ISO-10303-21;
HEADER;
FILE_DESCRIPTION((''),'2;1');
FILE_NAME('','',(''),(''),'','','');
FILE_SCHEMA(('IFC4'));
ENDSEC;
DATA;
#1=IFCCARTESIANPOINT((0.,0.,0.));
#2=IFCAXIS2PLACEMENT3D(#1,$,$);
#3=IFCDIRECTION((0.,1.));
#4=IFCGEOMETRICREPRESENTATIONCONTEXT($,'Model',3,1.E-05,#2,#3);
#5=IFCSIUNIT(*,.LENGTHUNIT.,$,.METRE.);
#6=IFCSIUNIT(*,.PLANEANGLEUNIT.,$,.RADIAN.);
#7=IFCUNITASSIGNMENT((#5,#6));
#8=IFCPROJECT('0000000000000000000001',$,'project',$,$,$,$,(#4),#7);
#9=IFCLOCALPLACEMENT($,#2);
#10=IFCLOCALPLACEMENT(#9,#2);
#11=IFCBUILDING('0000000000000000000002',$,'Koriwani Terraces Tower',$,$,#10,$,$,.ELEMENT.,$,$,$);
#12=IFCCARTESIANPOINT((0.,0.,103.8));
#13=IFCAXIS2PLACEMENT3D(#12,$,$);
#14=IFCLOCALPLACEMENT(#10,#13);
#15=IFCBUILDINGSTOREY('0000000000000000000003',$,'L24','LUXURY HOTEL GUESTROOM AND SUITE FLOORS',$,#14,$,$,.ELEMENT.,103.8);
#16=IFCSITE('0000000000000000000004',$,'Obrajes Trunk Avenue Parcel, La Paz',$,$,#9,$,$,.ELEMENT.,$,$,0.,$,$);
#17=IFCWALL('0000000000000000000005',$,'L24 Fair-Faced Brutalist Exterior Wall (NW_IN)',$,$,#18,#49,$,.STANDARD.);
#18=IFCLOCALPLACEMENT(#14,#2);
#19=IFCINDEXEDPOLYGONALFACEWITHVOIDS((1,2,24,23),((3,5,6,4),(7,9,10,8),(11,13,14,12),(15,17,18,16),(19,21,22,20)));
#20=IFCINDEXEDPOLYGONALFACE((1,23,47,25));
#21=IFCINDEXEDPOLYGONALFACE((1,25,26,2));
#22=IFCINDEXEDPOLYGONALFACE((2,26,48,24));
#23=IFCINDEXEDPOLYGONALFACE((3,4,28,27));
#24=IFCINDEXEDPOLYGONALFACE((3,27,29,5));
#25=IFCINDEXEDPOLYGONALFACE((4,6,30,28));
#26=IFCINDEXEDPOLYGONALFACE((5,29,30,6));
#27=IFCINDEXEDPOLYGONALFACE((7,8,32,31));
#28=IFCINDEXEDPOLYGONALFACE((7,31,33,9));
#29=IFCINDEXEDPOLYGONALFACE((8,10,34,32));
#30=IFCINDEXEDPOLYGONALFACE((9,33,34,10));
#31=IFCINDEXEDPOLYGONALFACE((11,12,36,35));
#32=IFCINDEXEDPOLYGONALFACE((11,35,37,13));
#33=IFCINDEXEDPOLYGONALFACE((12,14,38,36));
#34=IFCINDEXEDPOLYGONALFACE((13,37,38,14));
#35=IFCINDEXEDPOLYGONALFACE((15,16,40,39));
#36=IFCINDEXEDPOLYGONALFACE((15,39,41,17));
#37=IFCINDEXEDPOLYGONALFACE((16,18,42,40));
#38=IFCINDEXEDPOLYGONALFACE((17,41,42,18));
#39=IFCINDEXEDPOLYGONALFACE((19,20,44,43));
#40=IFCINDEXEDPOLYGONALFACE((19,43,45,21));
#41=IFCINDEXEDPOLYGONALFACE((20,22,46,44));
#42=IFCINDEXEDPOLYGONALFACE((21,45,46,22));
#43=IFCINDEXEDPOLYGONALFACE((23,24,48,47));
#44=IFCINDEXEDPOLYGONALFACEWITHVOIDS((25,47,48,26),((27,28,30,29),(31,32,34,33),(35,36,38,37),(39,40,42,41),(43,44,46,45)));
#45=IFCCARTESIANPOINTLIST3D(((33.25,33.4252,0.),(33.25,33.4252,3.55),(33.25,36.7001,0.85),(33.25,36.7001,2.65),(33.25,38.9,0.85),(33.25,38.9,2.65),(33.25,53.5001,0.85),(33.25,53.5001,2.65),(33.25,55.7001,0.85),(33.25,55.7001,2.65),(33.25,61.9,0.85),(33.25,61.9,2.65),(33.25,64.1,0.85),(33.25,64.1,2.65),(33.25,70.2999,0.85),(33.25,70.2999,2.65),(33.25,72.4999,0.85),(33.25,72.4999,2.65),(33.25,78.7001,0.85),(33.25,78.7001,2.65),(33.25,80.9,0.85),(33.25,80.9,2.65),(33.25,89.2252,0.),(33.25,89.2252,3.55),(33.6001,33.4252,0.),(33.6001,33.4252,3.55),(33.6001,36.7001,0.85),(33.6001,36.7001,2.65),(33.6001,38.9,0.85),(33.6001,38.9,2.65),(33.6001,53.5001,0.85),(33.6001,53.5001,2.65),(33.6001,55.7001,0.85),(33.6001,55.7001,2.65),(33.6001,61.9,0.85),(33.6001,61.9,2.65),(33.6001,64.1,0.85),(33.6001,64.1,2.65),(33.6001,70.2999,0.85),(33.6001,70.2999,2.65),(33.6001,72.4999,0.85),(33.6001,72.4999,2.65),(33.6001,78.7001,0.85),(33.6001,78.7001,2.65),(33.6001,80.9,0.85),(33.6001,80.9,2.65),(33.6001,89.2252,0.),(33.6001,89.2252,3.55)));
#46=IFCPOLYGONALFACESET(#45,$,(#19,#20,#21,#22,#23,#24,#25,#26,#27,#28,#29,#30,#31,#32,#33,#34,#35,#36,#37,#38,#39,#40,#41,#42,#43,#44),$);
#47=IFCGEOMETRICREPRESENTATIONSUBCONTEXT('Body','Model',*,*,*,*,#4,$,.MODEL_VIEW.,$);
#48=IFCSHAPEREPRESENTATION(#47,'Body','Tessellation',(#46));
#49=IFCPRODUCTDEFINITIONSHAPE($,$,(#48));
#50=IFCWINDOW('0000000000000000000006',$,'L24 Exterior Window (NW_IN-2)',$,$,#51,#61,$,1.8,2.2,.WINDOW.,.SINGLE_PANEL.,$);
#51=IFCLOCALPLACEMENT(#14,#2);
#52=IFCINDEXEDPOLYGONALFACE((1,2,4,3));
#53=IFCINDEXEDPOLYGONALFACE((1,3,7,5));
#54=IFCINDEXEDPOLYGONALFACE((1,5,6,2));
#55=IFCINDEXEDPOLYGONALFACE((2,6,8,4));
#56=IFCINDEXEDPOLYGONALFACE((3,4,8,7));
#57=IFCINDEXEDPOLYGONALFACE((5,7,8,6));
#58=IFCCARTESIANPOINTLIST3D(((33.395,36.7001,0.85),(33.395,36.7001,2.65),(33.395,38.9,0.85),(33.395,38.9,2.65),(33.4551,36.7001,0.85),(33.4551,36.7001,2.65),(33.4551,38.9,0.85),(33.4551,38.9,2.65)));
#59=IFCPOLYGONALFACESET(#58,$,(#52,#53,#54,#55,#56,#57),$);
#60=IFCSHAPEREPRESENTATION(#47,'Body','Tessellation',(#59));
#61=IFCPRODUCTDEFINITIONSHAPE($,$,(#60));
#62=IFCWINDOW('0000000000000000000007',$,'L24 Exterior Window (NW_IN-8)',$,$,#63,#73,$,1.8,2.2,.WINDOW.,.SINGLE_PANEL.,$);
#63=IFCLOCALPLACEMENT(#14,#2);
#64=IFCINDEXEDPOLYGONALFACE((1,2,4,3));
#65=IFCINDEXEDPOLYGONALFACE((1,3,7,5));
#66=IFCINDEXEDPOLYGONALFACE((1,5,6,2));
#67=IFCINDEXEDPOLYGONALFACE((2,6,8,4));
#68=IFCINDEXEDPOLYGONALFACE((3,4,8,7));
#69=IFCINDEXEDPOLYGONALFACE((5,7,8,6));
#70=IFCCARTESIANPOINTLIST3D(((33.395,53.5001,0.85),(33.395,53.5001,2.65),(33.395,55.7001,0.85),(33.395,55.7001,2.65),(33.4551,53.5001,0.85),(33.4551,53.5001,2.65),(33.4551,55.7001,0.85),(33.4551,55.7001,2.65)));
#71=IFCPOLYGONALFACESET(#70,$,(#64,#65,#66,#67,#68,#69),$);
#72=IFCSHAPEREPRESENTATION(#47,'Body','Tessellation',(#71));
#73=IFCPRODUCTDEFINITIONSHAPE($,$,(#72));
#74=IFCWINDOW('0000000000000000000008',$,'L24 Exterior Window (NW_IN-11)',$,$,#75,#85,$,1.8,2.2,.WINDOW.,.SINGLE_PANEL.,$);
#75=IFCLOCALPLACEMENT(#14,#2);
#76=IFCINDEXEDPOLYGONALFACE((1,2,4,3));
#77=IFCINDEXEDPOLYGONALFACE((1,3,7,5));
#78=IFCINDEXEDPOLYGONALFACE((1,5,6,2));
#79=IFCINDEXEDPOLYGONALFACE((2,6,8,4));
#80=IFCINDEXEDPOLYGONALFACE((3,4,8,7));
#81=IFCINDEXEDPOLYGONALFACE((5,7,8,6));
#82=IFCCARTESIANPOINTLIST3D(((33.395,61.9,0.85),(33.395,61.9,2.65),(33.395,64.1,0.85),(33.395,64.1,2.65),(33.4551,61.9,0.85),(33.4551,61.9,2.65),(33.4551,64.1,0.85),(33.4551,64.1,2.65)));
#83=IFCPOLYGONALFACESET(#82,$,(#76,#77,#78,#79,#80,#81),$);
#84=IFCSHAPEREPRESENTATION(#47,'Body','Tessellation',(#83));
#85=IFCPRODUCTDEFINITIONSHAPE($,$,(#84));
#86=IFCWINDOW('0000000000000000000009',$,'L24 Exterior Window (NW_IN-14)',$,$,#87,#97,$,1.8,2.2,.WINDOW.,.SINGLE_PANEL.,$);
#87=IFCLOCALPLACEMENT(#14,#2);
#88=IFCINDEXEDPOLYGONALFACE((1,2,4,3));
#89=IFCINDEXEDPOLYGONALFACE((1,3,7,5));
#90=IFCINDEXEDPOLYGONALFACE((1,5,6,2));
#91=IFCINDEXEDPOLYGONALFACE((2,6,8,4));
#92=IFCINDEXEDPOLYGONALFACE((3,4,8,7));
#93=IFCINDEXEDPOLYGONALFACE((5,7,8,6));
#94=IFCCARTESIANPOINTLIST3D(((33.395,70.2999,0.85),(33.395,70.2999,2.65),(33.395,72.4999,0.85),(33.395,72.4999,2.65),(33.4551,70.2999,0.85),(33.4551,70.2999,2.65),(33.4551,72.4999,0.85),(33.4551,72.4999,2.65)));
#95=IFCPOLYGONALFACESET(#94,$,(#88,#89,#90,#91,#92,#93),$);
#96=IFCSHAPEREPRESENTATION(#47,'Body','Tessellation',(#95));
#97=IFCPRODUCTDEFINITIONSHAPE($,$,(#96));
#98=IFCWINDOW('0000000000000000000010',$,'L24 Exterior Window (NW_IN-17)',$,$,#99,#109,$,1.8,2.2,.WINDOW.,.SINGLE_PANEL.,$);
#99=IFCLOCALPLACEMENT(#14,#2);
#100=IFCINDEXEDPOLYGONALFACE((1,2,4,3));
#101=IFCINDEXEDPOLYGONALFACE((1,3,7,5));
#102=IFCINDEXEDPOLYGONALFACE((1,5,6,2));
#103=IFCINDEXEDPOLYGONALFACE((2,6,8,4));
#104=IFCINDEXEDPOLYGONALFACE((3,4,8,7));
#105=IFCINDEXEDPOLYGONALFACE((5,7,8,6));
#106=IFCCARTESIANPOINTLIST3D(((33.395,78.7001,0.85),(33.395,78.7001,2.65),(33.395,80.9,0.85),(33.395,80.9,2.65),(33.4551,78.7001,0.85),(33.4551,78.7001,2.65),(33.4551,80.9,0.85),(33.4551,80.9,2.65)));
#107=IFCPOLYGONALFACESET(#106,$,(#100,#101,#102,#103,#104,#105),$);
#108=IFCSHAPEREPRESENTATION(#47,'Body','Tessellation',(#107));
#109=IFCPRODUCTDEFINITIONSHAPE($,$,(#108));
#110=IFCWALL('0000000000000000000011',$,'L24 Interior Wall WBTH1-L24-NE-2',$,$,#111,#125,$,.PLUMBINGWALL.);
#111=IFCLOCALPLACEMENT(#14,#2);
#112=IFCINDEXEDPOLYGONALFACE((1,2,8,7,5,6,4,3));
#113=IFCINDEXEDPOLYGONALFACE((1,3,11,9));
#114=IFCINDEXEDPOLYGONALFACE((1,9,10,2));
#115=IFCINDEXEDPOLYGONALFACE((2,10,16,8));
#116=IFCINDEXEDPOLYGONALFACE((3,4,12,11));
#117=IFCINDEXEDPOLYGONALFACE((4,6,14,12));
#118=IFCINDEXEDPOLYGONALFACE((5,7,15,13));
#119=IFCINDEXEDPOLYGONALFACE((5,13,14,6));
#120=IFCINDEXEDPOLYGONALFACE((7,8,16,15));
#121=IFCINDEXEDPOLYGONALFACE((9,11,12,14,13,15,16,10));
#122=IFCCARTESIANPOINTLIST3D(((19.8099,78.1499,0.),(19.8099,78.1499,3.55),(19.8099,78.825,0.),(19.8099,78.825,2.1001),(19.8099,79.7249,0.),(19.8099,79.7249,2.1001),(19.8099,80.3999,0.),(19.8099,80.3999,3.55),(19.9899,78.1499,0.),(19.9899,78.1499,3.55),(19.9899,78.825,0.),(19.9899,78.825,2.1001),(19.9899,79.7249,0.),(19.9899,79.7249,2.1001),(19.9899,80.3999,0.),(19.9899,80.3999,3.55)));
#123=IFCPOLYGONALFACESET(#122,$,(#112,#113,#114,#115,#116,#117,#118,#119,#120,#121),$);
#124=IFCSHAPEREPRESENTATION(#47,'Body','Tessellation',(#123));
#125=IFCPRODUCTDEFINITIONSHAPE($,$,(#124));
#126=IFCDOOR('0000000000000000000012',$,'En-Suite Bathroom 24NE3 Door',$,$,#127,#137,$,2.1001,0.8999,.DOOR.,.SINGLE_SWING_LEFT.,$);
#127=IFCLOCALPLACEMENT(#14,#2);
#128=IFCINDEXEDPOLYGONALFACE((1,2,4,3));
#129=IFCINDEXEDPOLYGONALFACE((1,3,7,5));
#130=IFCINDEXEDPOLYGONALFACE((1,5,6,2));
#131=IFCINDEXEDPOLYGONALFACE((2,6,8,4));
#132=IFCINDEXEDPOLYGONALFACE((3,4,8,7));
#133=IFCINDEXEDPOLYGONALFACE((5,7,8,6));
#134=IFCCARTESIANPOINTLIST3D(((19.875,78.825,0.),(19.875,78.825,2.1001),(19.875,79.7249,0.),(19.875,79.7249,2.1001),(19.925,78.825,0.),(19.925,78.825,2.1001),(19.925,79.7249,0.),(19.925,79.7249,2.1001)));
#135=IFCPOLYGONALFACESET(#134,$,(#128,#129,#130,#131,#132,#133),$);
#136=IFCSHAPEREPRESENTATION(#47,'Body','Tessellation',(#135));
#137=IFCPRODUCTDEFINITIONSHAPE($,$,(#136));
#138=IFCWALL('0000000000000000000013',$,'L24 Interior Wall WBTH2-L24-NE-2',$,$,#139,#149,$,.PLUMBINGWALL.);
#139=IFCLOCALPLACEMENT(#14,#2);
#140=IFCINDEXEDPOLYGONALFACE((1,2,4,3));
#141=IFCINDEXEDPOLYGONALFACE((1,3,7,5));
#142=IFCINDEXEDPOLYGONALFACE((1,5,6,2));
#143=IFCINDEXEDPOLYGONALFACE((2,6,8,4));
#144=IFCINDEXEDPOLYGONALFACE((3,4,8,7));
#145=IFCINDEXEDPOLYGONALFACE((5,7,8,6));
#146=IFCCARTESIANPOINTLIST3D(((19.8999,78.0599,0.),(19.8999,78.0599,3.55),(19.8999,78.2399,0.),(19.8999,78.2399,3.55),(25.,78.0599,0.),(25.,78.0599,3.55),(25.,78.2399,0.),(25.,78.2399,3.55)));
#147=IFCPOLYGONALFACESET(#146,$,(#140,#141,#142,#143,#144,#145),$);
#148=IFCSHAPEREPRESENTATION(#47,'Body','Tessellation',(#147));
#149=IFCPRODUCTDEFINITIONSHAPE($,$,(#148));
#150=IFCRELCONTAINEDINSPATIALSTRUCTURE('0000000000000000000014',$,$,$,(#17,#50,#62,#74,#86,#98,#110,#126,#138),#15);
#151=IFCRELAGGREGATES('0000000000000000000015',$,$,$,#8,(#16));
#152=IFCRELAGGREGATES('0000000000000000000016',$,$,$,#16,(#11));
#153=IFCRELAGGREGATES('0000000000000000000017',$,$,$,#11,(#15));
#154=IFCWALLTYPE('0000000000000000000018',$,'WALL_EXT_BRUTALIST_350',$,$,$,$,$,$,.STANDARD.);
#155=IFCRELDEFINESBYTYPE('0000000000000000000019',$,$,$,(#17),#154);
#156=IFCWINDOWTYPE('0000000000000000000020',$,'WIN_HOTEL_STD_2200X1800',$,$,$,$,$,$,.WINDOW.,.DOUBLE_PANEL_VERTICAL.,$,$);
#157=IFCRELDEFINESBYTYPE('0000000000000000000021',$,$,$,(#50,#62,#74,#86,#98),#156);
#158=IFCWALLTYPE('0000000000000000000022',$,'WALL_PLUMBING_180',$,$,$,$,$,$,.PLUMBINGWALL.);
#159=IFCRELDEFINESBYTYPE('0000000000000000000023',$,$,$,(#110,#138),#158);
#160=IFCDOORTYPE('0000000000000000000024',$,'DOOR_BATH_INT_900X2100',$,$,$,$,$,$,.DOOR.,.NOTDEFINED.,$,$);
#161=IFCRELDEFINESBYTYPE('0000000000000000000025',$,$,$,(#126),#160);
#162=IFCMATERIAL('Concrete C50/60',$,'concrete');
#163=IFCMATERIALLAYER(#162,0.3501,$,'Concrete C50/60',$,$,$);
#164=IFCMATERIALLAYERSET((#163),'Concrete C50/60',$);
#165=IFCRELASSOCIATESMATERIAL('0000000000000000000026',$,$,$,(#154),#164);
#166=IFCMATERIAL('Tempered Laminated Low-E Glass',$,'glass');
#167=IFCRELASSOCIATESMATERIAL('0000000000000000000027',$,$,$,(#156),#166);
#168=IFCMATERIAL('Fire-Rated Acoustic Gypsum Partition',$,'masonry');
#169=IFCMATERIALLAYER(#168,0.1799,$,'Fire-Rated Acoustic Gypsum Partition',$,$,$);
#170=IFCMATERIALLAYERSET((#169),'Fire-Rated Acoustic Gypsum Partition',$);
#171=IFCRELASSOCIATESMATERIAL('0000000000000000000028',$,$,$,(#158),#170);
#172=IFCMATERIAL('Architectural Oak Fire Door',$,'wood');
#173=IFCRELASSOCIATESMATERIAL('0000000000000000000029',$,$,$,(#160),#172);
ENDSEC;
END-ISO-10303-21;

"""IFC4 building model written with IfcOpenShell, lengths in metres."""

from ifc_helpers import new_model, si_unit, direction, frame, frame_2d, origin, place, context, subcontext, project, spatial, rectangle, extrude, material, layer, layer_set, type_object, element, fill, save


model = new_model("IFC4")

# Units and contexts
model_context = context("Model", 3, precision=1e-05, world=origin(), true_north=direction((0.0, 1.0)))
body_context = subcontext(model_context, "Body", "Model", "MODEL_VIEW")
ifc_project = project(units=[si_unit("LENGTHUNIT", "METRE"), si_unit("PLANEANGLEUNIT", "RADIAN")], contexts=[model_context])

# Site, building, storey
site_placement = place(None, origin())
site = spatial("IfcSite", under=ifc_project, at=site_placement, Name="Obrajes Trunk Avenue Parcel, La Paz", CompositionType="ELEMENT", RefElevation=0.0)
building_placement = place(site_placement, origin())
building = spatial("IfcBuilding", under=site, at=building_placement, Name="Koriwani Terraces Tower", CompositionType="ELEMENT")
storey_placement = place(building_placement, frame((0.0, 0.0, 103.8)))
storey = spatial("IfcBuildingStorey", under=building, at=storey_placement, Name="L24", Description="LUXURY HOTEL GUESTROOM AND SUITE FLOORS", CompositionType="ELEMENT", Elevation=103.8)

# Shared definitions
ifc_material_1 = material(Name="Concrete C50/60", Category="concrete")

# Shared definitions
ifc_layer_1 = layer(ifc_material_1, 0.3501, Name="Concrete C50/60")
ifc_layer_set_1 = layer_set([ifc_layer_1], Name="Concrete C50/60")
wall_type_1 = type_object("IfcWallType", Name="WALL_EXT_BRUTALIST_350", PredefinedType="STANDARD", material=ifc_layer_set_1)

# Wall, openings, windows
wall_1_placement = place(storey_placement, frame((33.425, 89.2251, 0.0), z_axis=(0.0, 0.0, 1.0), x_axis=(0.0, -1.0, 0.0)))
wall_1 = element("IfcWall", 1, at=wall_1_placement, inside=storey, type_object=wall_type_1, Name="L24 Fair-Faced Brutalist Exterior Wall (NW_IN)", PredefinedType="STANDARD", context=body_context, shape_type="SweptSolid", body=[
    extrude(rectangle(XDim=55.8, YDim=0.3501, at=frame_2d((27.8999, 0.0))), origin(), (0.0, 0.0, 1.0), 3.55),
])
opening_1_placement = place(wall_1_placement, frame((50.325, 0.0, 0.8501)))
opening_1 = element("IfcOpeningElement", 2, at=opening_1_placement, cuts=wall_1, PredefinedType="OPENING", context=body_context, shape_type="SweptSolid", body=[
    extrude(rectangle(XDim=2.2, YDim=1.8, at=frame_2d((1.1001, 0.8999))), frame((0.0, 0.1851, 0.0), z_axis=(0.0, -1.0, 0.0), x_axis=(1.0, 0.0, 0.0)), (0.0, 0.0, 1.0), 0.3701),
])
opening_2_placement = place(wall_1_placement, frame((33.5249, 0.0, 0.8501)))
opening_2 = element("IfcOpeningElement", 3, at=opening_2_placement, cuts=wall_1, PredefinedType="OPENING", context=body_context, shape_type="SweptSolid", body=[
    extrude(rectangle(XDim=2.2, YDim=1.8, at=frame_2d((1.1001, 0.8999))), frame((0.0, 0.1851, 0.0), z_axis=(0.0, -1.0, 0.0), x_axis=(1.0, 0.0, 0.0)), (0.0, 0.0, 1.0), 0.3701),
])
opening_3_placement = place(wall_1_placement, frame((25.125, 0.0, 0.8501)))
opening_3 = element("IfcOpeningElement", 4, at=opening_3_placement, cuts=wall_1, PredefinedType="OPENING", context=body_context, shape_type="SweptSolid", body=[
    extrude(rectangle(XDim=2.2, YDim=1.8, at=frame_2d((1.1001, 0.8999))), frame((0.0, 0.1851, 0.0), z_axis=(0.0, -1.0, 0.0), x_axis=(1.0, 0.0, 0.0)), (0.0, 0.0, 1.0), 0.3701),
])
opening_4_placement = place(wall_1_placement, frame((16.7251, 0.0, 0.8501)))
opening_4 = element("IfcOpeningElement", 5, at=opening_4_placement, cuts=wall_1, PredefinedType="OPENING", context=body_context, shape_type="SweptSolid", body=[
    extrude(rectangle(XDim=2.2, YDim=1.8, at=frame_2d((1.1001, 0.8999))), frame((0.0, 0.1851, 0.0), z_axis=(0.0, -1.0, 0.0), x_axis=(1.0, 0.0, 0.0)), (0.0, 0.0, 1.0), 0.3701),
])
opening_5_placement = place(wall_1_placement, frame((8.325, 0.0, 0.8501)))
opening_5 = element("IfcOpeningElement", 6, at=opening_5_placement, cuts=wall_1, PredefinedType="OPENING", context=body_context, shape_type="SweptSolid", body=[
    extrude(rectangle(XDim=2.2, YDim=1.8, at=frame_2d((1.1001, 0.8999))), frame((0.0, 0.1851, 0.0), z_axis=(0.0, -1.0, 0.0), x_axis=(1.0, 0.0, 0.0)), (0.0, 0.0, 1.0), 0.3701),
])
ifc_material_2 = material(Name="Tempered Laminated Low-E Glass", Category="glass")
window_type = type_object("IfcWindowType", Name="WIN_HOTEL_STD_2200X1800", PartitioningType="DOUBLE_PANEL_VERTICAL", PredefinedType="WINDOW", material=ifc_material_2)
window_1_placement = place(opening_1_placement, origin())
window_1 = element("IfcWindow", 7, at=window_1_placement, inside=storey, type_object=window_type, Name="L24 Exterior Window (NW_IN-2)", OverallHeight=1.8, OverallWidth=2.2, PartitioningType="SINGLE_PANEL", PredefinedType="WINDOW", context=body_context, shape_type="SweptSolid", body=[
    extrude(rectangle(XDim=2.2, YDim=1.8, at=frame_2d((1.1001, 0.8999))), frame((0.0, 0.03, 0.0), z_axis=(0.0, -1.0, 0.0), x_axis=(1.0, 0.0, 0.0)), (0.0, 0.0, 1.0), 0.0601),
])
fill(opening_1, window_1)
window_2_placement = place(opening_2_placement, origin())
window_2 = element("IfcWindow", 8, at=window_2_placement, inside=storey, type_object=window_type, Name="L24 Exterior Window (NW_IN-8)", OverallHeight=1.8, OverallWidth=2.2, PartitioningType="SINGLE_PANEL", PredefinedType="WINDOW", context=body_context, shape_type="SweptSolid", body=[
    extrude(rectangle(XDim=2.2, YDim=1.8, at=frame_2d((1.1001, 0.8999))), frame((0.0, 0.03, 0.0), z_axis=(0.0, -1.0, 0.0), x_axis=(1.0, 0.0, 0.0)), (0.0, 0.0, 1.0), 0.0601),
])
fill(opening_2, window_2)
window_3_placement = place(opening_3_placement, origin())
window_3 = element("IfcWindow", 9, at=window_3_placement, inside=storey, type_object=window_type, Name="L24 Exterior Window (NW_IN-11)", OverallHeight=1.8, OverallWidth=2.2, PartitioningType="SINGLE_PANEL", PredefinedType="WINDOW", context=body_context, shape_type="SweptSolid", body=[
    extrude(rectangle(XDim=2.2, YDim=1.8, at=frame_2d((1.1001, 0.8999))), frame((0.0, 0.03, 0.0), z_axis=(0.0, -1.0, 0.0), x_axis=(1.0, 0.0, 0.0)), (0.0, 0.0, 1.0), 0.0601),
])
fill(opening_3, window_3)
window_4_placement = place(opening_4_placement, origin())
window_4 = element("IfcWindow", 10, at=window_4_placement, inside=storey, type_object=window_type, Name="L24 Exterior Window (NW_IN-14)", OverallHeight=1.8, OverallWidth=2.2, PartitioningType="SINGLE_PANEL", PredefinedType="WINDOW", context=body_context, shape_type="SweptSolid", body=[
    extrude(rectangle(XDim=2.2, YDim=1.8, at=frame_2d((1.1001, 0.8999))), frame((0.0, 0.03, 0.0), z_axis=(0.0, -1.0, 0.0), x_axis=(1.0, 0.0, 0.0)), (0.0, 0.0, 1.0), 0.0601),
])
fill(opening_4, window_4)
window_5_placement = place(opening_5_placement, origin())
window_5 = element("IfcWindow", 11, at=window_5_placement, inside=storey, type_object=window_type, Name="L24 Exterior Window (NW_IN-17)", OverallHeight=1.8, OverallWidth=2.2, PartitioningType="SINGLE_PANEL", PredefinedType="WINDOW", context=body_context, shape_type="SweptSolid", body=[
    extrude(rectangle(XDim=2.2, YDim=1.8, at=frame_2d((1.1001, 0.8999))), frame((0.0, 0.03, 0.0), z_axis=(0.0, -1.0, 0.0), x_axis=(1.0, 0.0, 0.0)), (0.0, 0.0, 1.0), 0.0601),
])
fill(opening_5, window_5)

# Wall, opening, door
ifc_material_3 = material(Name="Fire-Rated Acoustic Gypsum Partition", Category="masonry")
ifc_layer_2 = layer(ifc_material_3, 0.1799, Name="Fire-Rated Acoustic Gypsum Partition")
ifc_layer_set_2 = layer_set([ifc_layer_2], Name="Fire-Rated Acoustic Gypsum Partition")
wall_type_2 = type_object("IfcWallType", Name="WALL_PLUMBING_180", PredefinedType="PLUMBINGWALL", material=ifc_layer_set_2)
wall_2_placement = place(storey_placement, frame((19.8999, 78.1499, 0.0), z_axis=(0.0, 0.0, 1.0), x_axis=(0.0, 1.0, 0.0)))
wall_2 = element("IfcWall", 12, at=wall_2_placement, inside=storey, type_object=wall_type_2, Name="L24 Interior Wall WBTH1-L24-NE-2", PredefinedType="PLUMBINGWALL", context=body_context, shape_type="SweptSolid", body=[
    extrude(rectangle(XDim=2.25, YDim=0.1799, at=frame_2d((1.125, 0.0))), origin(), (0.0, 0.0, 1.0), 3.55),
])
opening_6_placement = place(wall_2_placement, frame((0.675, 0.0, 0.0)))
opening_6 = element("IfcOpeningElement", 13, at=opening_6_placement, cuts=wall_2, PredefinedType="OPENING", context=body_context, shape_type="SweptSolid", body=[
    extrude(rectangle(XDim=0.8999, YDim=2.1001, at=frame_2d((0.45, 1.05))), frame((0.0, 0.1001, 0.0), z_axis=(0.0, -1.0, 0.0), x_axis=(1.0, 0.0, 0.0)), (0.0, 0.0, 1.0), 0.2),
])
ifc_material_4 = material(Name="Architectural Oak Fire Door", Category="wood")
door_type = type_object("IfcDoorType", Name="DOOR_BATH_INT_900X2100", OperationType="NOTDEFINED", PredefinedType="DOOR", material=ifc_material_4)
door_1_placement = place(opening_6_placement, origin())
door_1 = element("IfcDoor", 14, at=door_1_placement, inside=storey, type_object=door_type, Name="En-Suite Bathroom 24NE3 Door", OperationType="SINGLE_SWING_LEFT", OverallHeight=2.1001, OverallWidth=0.8999, PredefinedType="DOOR", context=body_context, shape_type="SweptSolid", body=[
    extrude(rectangle(XDim=0.8999, YDim=2.1001, at=frame_2d((0.45, 1.05))), frame((0.0, 0.0249, 0.0), z_axis=(0.0, -1.0, 0.0), x_axis=(1.0, 0.0, 0.0)), (0.0, 0.0, 1.0), 0.05),
])
fill(opening_6, door_1)

# Wall
wall_3_placement = place(storey_placement, frame((19.8999, 78.1499, 0.0), z_axis=(0.0, 0.0, 1.0), x_axis=(1.0, 0.0, 0.0)))
element("IfcWall", 15, at=wall_3_placement, inside=storey, type_object=wall_type_2, Name="L24 Interior Wall WBTH2-L24-NE-2", PredefinedType="PLUMBINGWALL", context=body_context, shape_type="SweptSolid", body=[
    extrude(rectangle(XDim=5.1001, YDim=0.1799, at=frame_2d((2.55, 0.0))), origin(), (0.0, 0.0, 1.0), 3.55),
])

save(model, "model.ifc")
